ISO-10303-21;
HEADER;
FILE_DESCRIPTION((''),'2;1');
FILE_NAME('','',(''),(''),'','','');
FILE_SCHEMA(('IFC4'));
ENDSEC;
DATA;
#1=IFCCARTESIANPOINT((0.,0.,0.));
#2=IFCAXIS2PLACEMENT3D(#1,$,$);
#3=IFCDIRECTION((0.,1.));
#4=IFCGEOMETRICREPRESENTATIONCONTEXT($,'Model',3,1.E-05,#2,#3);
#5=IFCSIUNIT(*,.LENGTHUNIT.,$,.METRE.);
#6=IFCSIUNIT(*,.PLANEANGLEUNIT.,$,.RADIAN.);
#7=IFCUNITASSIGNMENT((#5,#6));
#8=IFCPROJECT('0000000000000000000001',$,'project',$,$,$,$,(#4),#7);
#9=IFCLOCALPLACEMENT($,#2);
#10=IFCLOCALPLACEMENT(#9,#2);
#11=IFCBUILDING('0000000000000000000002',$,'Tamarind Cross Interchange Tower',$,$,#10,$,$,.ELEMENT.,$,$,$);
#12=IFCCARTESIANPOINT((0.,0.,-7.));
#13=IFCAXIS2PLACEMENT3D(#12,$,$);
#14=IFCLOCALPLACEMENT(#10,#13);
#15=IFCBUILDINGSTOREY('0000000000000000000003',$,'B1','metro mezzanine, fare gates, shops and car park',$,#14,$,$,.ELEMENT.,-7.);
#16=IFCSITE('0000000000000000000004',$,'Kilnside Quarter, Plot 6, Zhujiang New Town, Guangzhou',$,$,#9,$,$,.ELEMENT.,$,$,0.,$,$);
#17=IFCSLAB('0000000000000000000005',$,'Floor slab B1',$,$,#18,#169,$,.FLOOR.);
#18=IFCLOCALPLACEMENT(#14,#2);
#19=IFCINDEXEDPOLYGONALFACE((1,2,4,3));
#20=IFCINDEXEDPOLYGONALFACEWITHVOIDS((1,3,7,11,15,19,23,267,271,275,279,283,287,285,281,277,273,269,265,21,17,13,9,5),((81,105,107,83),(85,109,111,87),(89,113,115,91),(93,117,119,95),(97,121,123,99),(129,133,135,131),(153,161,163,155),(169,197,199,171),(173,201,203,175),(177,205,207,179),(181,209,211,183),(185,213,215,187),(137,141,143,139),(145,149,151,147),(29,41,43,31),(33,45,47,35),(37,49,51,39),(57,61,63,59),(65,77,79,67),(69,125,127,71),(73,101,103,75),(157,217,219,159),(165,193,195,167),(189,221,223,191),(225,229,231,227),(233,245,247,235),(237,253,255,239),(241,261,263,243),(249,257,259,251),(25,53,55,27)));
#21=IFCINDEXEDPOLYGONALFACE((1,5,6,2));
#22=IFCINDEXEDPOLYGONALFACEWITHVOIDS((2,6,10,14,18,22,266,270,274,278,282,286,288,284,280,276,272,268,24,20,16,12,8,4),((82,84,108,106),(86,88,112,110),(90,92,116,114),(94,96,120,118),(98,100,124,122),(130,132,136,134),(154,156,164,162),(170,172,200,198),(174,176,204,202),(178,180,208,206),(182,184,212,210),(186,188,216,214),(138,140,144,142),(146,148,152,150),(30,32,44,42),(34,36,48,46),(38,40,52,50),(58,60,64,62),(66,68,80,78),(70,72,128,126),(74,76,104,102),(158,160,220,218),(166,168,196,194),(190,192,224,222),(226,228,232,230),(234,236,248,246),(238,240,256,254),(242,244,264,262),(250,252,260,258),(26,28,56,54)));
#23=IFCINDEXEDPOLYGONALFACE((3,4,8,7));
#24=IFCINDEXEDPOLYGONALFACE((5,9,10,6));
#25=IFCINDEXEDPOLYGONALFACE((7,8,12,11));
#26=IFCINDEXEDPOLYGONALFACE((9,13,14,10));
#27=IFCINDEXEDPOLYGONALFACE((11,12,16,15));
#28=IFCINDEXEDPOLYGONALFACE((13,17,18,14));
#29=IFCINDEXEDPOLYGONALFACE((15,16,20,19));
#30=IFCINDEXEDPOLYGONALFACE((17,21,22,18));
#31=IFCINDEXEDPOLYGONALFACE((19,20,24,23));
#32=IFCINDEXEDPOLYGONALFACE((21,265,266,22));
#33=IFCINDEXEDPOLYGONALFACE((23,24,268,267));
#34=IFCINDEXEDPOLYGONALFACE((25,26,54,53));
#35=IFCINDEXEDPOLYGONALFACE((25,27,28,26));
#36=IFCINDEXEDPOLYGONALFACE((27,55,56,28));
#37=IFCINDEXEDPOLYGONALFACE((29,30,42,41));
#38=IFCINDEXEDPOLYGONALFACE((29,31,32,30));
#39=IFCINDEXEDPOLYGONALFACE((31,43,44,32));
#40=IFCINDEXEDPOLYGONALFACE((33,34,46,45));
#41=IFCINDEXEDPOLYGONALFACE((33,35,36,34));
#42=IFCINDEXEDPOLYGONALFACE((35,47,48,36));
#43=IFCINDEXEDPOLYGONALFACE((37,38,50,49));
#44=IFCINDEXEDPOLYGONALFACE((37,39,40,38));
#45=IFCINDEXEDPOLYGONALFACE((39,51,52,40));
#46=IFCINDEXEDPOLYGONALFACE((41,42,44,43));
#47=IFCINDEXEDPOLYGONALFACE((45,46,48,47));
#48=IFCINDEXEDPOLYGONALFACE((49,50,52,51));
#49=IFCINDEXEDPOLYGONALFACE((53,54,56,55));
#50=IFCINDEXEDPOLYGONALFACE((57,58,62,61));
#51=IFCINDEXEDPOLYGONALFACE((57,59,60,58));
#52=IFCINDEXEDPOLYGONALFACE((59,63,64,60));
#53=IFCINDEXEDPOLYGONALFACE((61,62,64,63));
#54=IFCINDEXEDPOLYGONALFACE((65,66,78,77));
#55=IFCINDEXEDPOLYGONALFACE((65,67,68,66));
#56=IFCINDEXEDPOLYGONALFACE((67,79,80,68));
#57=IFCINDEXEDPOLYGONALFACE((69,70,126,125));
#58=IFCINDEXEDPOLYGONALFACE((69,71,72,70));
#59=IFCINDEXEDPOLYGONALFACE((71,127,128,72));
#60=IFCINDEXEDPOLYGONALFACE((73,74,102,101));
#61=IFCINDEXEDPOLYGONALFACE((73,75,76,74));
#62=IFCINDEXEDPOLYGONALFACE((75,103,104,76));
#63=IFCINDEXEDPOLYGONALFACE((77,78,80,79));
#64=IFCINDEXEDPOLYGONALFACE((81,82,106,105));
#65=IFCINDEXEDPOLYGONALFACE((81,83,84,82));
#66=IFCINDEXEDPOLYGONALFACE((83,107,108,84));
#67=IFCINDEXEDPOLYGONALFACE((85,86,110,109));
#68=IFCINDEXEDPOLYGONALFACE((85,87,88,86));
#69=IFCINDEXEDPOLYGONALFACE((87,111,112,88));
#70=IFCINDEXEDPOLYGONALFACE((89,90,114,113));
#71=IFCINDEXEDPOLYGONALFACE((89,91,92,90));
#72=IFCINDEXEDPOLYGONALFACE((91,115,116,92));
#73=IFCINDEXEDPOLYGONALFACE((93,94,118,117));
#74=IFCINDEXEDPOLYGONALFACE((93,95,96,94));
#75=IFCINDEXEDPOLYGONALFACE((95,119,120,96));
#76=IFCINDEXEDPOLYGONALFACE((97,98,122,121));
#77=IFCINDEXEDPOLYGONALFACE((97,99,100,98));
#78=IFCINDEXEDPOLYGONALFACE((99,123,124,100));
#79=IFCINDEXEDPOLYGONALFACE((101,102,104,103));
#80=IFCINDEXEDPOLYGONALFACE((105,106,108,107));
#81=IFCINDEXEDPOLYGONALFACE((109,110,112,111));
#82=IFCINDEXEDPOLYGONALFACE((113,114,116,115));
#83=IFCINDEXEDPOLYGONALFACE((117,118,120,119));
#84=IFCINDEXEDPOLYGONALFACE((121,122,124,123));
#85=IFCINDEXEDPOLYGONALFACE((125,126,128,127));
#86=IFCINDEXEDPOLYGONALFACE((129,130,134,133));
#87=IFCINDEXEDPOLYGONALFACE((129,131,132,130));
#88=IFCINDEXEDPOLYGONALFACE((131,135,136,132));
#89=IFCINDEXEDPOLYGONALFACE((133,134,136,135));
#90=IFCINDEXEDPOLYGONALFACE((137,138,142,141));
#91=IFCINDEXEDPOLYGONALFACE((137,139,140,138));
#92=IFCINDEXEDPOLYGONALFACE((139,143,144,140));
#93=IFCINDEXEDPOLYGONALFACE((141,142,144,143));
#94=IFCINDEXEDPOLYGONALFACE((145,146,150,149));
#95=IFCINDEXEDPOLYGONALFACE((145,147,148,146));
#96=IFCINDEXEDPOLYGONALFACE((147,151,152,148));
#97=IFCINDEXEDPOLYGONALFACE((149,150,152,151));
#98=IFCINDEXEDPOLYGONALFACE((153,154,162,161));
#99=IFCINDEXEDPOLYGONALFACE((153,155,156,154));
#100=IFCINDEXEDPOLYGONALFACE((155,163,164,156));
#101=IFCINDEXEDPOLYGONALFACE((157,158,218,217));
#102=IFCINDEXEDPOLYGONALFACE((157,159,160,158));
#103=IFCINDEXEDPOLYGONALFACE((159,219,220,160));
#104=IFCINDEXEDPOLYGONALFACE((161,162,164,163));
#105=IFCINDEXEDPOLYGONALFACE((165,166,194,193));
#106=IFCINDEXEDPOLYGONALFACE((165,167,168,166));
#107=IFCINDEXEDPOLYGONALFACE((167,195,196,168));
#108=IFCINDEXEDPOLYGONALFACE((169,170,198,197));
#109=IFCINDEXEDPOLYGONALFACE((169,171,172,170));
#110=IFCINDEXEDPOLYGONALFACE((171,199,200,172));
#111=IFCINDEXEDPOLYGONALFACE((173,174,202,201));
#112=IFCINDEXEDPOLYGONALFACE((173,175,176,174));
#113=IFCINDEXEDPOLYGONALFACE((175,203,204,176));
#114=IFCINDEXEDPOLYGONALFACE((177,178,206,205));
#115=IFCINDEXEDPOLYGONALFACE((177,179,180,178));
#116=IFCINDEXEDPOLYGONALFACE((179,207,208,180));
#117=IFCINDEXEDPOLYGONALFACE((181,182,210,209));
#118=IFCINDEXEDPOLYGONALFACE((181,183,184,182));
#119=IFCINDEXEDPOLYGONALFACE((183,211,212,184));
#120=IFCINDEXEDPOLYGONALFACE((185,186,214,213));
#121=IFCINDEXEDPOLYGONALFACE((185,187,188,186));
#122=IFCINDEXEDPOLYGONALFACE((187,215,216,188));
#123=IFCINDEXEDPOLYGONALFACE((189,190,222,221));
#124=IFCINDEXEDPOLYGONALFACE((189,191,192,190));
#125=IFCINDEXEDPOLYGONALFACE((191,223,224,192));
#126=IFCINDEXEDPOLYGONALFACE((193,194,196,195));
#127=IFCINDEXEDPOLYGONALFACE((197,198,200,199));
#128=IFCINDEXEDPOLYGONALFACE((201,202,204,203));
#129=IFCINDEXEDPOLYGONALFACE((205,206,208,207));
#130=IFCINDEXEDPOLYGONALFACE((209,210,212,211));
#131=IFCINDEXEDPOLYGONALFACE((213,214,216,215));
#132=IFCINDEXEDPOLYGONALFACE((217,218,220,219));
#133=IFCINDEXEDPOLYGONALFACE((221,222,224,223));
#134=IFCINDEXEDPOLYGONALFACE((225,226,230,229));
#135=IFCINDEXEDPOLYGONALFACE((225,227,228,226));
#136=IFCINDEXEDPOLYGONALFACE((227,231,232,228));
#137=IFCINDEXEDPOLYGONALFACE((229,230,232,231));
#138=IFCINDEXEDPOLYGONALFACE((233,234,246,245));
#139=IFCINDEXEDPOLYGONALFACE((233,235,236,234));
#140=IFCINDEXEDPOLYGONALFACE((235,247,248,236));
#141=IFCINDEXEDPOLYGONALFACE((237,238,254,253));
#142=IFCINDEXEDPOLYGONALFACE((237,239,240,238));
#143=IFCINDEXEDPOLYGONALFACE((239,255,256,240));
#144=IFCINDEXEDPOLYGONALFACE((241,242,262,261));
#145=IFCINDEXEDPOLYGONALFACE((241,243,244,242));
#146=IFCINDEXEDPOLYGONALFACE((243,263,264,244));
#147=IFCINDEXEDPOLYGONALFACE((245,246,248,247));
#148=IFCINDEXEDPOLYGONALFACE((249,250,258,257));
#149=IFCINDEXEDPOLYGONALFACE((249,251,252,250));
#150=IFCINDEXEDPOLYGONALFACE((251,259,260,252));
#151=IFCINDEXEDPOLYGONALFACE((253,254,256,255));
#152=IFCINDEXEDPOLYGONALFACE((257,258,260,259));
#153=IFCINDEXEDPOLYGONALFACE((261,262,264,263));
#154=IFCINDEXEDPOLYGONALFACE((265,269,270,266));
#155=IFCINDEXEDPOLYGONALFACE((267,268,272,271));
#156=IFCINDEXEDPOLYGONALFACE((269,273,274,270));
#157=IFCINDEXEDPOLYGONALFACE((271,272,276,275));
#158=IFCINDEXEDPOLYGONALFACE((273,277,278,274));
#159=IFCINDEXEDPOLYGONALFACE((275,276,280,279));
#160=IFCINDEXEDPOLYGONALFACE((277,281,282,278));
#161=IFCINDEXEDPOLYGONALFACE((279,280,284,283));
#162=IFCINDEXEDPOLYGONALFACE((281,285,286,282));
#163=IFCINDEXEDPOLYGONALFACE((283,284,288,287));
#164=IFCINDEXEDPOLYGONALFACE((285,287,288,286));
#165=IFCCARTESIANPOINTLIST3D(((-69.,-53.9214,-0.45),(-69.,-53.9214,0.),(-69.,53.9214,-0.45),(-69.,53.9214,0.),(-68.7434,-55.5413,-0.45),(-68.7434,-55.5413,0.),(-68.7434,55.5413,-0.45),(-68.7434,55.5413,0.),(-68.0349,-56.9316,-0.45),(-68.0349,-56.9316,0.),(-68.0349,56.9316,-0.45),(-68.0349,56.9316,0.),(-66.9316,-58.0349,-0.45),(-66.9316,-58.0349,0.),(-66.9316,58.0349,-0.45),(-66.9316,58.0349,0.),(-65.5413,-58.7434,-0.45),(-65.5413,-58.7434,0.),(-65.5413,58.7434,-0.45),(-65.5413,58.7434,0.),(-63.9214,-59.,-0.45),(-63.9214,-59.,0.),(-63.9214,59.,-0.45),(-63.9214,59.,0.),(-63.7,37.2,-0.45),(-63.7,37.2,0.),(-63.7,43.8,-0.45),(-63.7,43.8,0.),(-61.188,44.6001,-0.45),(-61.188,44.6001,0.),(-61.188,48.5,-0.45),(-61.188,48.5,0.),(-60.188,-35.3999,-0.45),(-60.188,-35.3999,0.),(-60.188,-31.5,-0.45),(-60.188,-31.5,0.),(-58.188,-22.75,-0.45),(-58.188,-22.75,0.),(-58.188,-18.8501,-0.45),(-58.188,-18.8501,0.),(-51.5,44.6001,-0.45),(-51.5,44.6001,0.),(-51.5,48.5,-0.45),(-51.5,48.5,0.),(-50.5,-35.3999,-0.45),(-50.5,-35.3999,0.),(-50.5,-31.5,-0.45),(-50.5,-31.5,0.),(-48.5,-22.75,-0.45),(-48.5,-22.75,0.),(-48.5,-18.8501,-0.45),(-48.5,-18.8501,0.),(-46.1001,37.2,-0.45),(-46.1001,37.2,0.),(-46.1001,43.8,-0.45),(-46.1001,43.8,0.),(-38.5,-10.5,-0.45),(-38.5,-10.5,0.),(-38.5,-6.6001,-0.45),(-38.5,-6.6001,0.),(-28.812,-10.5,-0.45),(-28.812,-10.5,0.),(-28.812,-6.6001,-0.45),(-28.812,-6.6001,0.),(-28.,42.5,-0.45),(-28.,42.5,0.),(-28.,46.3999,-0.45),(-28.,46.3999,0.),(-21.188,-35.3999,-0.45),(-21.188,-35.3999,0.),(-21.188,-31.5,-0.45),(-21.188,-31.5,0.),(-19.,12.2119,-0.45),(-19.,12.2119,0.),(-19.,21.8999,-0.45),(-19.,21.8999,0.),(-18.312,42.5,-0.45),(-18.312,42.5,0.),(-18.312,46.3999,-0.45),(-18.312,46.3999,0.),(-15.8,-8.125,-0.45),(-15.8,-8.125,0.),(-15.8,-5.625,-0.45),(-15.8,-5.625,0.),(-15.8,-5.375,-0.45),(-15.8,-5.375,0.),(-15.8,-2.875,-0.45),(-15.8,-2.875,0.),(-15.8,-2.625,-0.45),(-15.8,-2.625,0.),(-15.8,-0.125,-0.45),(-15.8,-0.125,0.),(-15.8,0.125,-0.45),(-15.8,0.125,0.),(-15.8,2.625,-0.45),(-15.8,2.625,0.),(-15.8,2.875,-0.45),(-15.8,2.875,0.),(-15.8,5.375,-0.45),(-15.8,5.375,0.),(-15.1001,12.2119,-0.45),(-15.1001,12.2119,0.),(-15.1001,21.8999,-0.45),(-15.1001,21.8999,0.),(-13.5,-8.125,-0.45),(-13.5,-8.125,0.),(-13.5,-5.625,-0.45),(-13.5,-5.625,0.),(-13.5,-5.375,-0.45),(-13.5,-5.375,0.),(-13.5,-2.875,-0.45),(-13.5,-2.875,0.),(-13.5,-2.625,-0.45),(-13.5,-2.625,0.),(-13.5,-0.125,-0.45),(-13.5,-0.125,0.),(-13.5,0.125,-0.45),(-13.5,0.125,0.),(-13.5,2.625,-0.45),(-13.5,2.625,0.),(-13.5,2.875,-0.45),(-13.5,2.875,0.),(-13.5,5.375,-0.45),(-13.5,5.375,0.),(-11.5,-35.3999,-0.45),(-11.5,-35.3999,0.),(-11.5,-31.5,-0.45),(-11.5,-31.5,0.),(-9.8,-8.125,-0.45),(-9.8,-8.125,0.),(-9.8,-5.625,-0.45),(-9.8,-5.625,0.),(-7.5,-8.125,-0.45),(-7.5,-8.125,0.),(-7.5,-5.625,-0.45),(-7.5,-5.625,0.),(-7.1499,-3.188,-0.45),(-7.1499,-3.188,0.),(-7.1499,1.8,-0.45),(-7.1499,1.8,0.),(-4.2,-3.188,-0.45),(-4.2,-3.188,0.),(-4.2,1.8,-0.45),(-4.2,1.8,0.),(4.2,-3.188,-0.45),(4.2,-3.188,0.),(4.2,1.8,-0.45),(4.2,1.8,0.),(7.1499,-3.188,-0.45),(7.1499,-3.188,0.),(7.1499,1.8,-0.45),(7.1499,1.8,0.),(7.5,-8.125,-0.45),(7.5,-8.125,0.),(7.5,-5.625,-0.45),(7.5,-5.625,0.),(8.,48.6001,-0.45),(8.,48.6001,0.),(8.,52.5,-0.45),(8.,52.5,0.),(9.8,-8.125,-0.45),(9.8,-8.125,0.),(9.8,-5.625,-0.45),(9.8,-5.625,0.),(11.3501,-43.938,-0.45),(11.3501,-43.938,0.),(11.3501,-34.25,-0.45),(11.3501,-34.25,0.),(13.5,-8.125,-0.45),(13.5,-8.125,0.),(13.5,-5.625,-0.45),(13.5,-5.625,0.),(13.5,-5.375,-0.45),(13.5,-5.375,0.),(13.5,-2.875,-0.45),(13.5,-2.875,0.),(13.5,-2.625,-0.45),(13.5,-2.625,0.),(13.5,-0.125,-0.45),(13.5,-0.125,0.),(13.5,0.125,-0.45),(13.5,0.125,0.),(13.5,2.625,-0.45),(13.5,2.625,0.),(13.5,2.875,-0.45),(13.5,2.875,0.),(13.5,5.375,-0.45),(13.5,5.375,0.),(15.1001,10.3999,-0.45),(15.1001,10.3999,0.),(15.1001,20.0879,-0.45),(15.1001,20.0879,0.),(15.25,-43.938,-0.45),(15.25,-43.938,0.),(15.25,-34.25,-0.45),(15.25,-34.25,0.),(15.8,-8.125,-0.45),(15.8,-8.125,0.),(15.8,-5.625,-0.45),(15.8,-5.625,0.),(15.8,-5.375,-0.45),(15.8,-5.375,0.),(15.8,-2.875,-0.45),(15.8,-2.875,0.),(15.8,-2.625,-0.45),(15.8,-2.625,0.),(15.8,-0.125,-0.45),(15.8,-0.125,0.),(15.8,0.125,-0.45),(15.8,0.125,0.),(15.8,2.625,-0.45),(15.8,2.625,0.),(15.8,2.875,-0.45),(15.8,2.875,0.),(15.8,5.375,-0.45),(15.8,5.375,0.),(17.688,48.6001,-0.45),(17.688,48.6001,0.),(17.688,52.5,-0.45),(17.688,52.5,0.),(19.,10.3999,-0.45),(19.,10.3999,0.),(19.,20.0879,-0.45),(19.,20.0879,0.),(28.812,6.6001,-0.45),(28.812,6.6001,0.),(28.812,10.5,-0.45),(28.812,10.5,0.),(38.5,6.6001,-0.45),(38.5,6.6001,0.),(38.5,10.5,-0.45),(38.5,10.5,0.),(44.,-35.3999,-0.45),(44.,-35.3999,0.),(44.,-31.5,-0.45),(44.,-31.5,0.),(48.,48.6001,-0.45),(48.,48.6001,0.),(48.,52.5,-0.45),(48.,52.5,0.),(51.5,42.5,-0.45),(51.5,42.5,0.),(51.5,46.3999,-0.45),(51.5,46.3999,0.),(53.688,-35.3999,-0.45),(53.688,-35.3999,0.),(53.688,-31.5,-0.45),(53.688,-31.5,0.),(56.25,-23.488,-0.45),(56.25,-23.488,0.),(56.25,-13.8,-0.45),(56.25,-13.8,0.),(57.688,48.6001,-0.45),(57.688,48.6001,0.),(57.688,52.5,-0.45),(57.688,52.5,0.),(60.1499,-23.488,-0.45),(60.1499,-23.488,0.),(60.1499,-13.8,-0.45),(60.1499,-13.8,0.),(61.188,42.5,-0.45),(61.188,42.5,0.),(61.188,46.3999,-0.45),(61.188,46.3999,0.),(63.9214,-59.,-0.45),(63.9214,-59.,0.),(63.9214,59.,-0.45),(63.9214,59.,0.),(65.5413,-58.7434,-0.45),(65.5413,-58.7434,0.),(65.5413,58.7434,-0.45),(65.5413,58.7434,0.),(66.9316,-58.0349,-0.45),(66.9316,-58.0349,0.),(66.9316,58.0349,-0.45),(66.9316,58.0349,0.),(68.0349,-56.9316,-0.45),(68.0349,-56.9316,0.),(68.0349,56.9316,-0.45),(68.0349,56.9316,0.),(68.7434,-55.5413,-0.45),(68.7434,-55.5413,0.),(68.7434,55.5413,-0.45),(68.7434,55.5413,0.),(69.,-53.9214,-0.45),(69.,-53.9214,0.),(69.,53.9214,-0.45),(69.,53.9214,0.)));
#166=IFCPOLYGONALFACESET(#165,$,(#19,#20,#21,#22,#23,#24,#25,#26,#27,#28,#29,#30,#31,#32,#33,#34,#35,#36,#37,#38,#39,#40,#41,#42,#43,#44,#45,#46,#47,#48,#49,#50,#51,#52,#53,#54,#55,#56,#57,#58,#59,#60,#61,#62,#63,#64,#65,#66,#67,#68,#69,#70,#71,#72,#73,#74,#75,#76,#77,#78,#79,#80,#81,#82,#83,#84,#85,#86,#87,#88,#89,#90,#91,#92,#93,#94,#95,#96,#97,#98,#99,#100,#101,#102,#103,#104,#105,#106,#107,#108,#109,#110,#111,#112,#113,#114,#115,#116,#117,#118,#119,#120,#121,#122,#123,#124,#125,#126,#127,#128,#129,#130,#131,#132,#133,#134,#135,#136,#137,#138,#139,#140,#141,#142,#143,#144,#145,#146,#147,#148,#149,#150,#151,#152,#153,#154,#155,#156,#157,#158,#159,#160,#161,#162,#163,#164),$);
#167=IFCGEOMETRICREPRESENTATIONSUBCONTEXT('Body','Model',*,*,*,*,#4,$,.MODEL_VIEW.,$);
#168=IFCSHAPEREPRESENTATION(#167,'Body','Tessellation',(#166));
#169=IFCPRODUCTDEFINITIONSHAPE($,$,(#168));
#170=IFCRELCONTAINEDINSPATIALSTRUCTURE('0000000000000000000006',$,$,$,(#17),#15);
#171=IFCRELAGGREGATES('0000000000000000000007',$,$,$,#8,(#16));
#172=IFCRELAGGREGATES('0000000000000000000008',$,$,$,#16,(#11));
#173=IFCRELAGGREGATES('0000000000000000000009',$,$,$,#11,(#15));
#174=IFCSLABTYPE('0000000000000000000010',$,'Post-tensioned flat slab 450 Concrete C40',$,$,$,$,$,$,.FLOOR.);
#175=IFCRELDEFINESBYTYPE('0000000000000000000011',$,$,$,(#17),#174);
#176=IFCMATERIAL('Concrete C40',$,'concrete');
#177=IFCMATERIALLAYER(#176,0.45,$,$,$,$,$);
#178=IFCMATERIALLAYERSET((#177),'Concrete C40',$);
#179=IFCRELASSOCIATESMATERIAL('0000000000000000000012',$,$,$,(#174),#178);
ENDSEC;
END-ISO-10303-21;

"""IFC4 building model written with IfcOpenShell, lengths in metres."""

from ifc_helpers import new_model, si_unit, direction, frame, origin, place, context, subcontext, project, spatial, polyline, outline, extrude, material, layer, layer_set, type_object, element, save


model = new_model("IFC4")

# Units and contexts
model_context = context("Model", 3, precision=1e-05, world=origin(), true_north=direction((0.0, 1.0)))
body_context = subcontext(model_context, "Body", "Model", "MODEL_VIEW")
ifc_project = project(units=[si_unit("LENGTHUNIT", "METRE"), si_unit("PLANEANGLEUNIT", "RADIAN")], contexts=[model_context])

# Site, building, storey
site_placement = place(None, origin())
site = spatial("IfcSite", under=ifc_project, at=site_placement, Name="Kilnside Quarter, Plot 6, Zhujiang New Town, Guangzhou", CompositionType="ELEMENT", RefElevation=0.0)
building_placement = place(site_placement, origin())
building = spatial("IfcBuilding", under=site, at=building_placement, Name="Tamarind Cross Interchange Tower", CompositionType="ELEMENT")
storey_placement = place(building_placement, frame((0.0, 0.0, -7.0)))
storey = spatial("IfcBuildingStorey", under=building, at=storey_placement, Name="B1", Description="metro mezzanine, fare gates, shops and car park", CompositionType="ELEMENT", Elevation=-7.0)

# Slab
ifc_material_1 = material(Name="Concrete C40", Category="concrete")
ifc_layer_1 = layer(ifc_material_1, 0.45)
ifc_layer_set_1 = layer_set([ifc_layer_1], Name="Concrete C40")
slab_type_1 = type_object("IfcSlabType", Name="Post-tensioned flat slab 450 Concrete C40", PredefinedType="FLOOR", material=ifc_layer_set_1)
slab_1_placement = place(storey_placement, frame((0.0, 0.0, -0.45)))
element("IfcSlab", 1, at=slab_1_placement, inside=storey, type_object=slab_type_1, Name="Floor slab B1", PredefinedType="FLOOR", context=body_context, shape_type="SweptSolid", body=[
    extrude(outline(polyline([(-65.5413, -58.7434), (-63.9214, -59.0), (63.9214, -59.0), (65.5413, -58.7434), (66.9316, -58.0349), (68.0349, -56.9316), (68.7434, -55.5413), (69.0, -53.9214), (69.0, 53.9214), (68.7434, 55.5413), (68.0349, 56.9316), (66.9316, 58.0349), (65.5413, 58.7434), (63.9214, 59.0), (-63.9214, 59.0), (-65.5413, 58.7434), (-66.9316, 58.0349), (-68.0349, 56.9316), (-68.7434, 55.5413), (-69.0, 53.9214), (-69.0, -53.9214), (-68.7434, -55.5413), (-68.0349, -56.9316), (-66.9316, -58.0349), (-65.5413, -58.7434)]), holes=[polyline([(-50.5, -31.5), (-50.5, -35.3999), (-60.188, -35.3999), (-60.188, -31.5), (-50.5, -31.5)]), polyline([(-11.5, -35.3999), (-21.188, -35.3999), (-21.188, -31.5), (-11.5, -31.5), (-11.5, -35.3999)]), polyline([(-48.5, -22.75), (-58.188, -22.75), (-58.188, -18.8501), (-48.5, -18.8501), (-48.5, -22.75)]), polyline([(-38.5, -6.6001), (-28.812, -6.6001), (-28.812, -10.5), (-38.5, -10.5), (-38.5, -6.6001)]), polyline([(-13.5, -8.125), (-15.8, -8.125), (-15.8, -5.625), (-13.5, -5.625), (-13.5, -8.125)]), polyline([(-7.5, -8.125), (-9.8, -8.125), (-9.8, -5.625), (-7.5, -5.625), (-7.5, -8.125)]), polyline([(-13.5, -5.375), (-15.8, -5.375), (-15.8, -2.875), (-13.5, -2.875), (-13.5, -5.375)]), polyline([(-13.5, -2.625), (-15.8, -2.625), (-15.8, -0.125), (-13.5, -0.125), (-13.5, -2.625)]), polyline([(-4.2, 1.8), (-4.2, -3.188), (-7.1499, -3.188), (-7.1499, 1.8), (-4.2, 1.8)]), polyline([(-13.5, 0.125), (-15.8, 0.125), (-15.8, 2.625), (-13.5, 2.625), (-13.5, 0.125)]), polyline([(-13.5, 2.875), (-15.8, 2.875), (-15.8, 5.375), (-13.5, 5.375), (-13.5, 2.875)]), polyline([(-15.1001, 21.8999), (-15.1001, 12.2119), (-19.0, 12.2119), (-19.0, 21.8999), (-15.1001, 21.8999)]), polyline([(-46.1001, 43.8), (-46.1001, 37.2), (-63.7, 37.2), (-63.7, 43.8), (-46.1001, 43.8)]), polyline([(-28.0, 46.3999), (-18.312, 46.3999), (-18.312, 42.5), (-28.0, 42.5), (-28.0, 46.3999)]), polyline([(-51.5, 44.6001), (-61.188, 44.6001), (-61.188, 48.5), (-51.5, 48.5), (-51.5, 44.6001)]), polyline([(11.3501, -34.25), (15.25, -34.25), (15.25, -43.938), (11.3501, -43.938), (11.3501, -34.25)]), polyline([(44.0, -31.5), (53.688, -31.5), (53.688, -35.3999), (44.0, -35.3999), (44.0, -31.5)]), polyline([(60.1499, -13.8), (60.1499, -23.488), (56.25, -23.488), (56.25, -13.8), (60.1499, -13.8)]), polyline([(7.5, -5.625), (9.8, -5.625), (9.8, -8.125), (7.5, -8.125), (7.5, -5.625)]), polyline([(13.5, -5.625), (15.8, -5.625), (15.8, -8.125), (13.5, -8.125), (13.5, -5.625)]), polyline([(13.5, -2.875), (15.8, -2.875), (15.8, -5.375), (13.5, -5.375), (13.5, -2.875)]), polyline([(13.5, -0.125), (15.8, -0.125), (15.8, -2.625), (13.5, -2.625), (13.5, -0.125)]), polyline([(7.1499, 1.8), (7.1499, -3.188), (4.2, -3.188), (4.2, 1.8), (7.1499, 1.8)]), polyline([(13.5, 2.625), (15.8, 2.625), (15.8, 0.125), (13.5, 0.125), (13.5, 2.625)]), polyline([(13.5, 5.375), (15.8, 5.375), (15.8, 2.875), (13.5, 2.875), (13.5, 5.375)]), polyline([(38.5, 6.6001), (28.812, 6.6001), (28.812, 10.5), (38.5, 10.5), (38.5, 6.6001)]), polyline([(15.1001, 10.3999), (15.1001, 20.0879), (19.0, 20.0879), (19.0, 10.3999), (15.1001, 10.3999)]), polyline([(51.5, 46.3999), (61.188, 46.3999), (61.188, 42.5), (51.5, 42.5), (51.5, 46.3999)]), polyline([(8.0, 52.5), (17.688, 52.5), (17.688, 48.6001), (8.0, 48.6001), (8.0, 52.5)]), polyline([(48.0, 52.5), (57.688, 52.5), (57.688, 48.6001), (48.0, 48.6001), (48.0, 52.5)])]), origin(), (0.0, 0.0, 1.0), 0.45),
])

save(model, "model.ifc")
